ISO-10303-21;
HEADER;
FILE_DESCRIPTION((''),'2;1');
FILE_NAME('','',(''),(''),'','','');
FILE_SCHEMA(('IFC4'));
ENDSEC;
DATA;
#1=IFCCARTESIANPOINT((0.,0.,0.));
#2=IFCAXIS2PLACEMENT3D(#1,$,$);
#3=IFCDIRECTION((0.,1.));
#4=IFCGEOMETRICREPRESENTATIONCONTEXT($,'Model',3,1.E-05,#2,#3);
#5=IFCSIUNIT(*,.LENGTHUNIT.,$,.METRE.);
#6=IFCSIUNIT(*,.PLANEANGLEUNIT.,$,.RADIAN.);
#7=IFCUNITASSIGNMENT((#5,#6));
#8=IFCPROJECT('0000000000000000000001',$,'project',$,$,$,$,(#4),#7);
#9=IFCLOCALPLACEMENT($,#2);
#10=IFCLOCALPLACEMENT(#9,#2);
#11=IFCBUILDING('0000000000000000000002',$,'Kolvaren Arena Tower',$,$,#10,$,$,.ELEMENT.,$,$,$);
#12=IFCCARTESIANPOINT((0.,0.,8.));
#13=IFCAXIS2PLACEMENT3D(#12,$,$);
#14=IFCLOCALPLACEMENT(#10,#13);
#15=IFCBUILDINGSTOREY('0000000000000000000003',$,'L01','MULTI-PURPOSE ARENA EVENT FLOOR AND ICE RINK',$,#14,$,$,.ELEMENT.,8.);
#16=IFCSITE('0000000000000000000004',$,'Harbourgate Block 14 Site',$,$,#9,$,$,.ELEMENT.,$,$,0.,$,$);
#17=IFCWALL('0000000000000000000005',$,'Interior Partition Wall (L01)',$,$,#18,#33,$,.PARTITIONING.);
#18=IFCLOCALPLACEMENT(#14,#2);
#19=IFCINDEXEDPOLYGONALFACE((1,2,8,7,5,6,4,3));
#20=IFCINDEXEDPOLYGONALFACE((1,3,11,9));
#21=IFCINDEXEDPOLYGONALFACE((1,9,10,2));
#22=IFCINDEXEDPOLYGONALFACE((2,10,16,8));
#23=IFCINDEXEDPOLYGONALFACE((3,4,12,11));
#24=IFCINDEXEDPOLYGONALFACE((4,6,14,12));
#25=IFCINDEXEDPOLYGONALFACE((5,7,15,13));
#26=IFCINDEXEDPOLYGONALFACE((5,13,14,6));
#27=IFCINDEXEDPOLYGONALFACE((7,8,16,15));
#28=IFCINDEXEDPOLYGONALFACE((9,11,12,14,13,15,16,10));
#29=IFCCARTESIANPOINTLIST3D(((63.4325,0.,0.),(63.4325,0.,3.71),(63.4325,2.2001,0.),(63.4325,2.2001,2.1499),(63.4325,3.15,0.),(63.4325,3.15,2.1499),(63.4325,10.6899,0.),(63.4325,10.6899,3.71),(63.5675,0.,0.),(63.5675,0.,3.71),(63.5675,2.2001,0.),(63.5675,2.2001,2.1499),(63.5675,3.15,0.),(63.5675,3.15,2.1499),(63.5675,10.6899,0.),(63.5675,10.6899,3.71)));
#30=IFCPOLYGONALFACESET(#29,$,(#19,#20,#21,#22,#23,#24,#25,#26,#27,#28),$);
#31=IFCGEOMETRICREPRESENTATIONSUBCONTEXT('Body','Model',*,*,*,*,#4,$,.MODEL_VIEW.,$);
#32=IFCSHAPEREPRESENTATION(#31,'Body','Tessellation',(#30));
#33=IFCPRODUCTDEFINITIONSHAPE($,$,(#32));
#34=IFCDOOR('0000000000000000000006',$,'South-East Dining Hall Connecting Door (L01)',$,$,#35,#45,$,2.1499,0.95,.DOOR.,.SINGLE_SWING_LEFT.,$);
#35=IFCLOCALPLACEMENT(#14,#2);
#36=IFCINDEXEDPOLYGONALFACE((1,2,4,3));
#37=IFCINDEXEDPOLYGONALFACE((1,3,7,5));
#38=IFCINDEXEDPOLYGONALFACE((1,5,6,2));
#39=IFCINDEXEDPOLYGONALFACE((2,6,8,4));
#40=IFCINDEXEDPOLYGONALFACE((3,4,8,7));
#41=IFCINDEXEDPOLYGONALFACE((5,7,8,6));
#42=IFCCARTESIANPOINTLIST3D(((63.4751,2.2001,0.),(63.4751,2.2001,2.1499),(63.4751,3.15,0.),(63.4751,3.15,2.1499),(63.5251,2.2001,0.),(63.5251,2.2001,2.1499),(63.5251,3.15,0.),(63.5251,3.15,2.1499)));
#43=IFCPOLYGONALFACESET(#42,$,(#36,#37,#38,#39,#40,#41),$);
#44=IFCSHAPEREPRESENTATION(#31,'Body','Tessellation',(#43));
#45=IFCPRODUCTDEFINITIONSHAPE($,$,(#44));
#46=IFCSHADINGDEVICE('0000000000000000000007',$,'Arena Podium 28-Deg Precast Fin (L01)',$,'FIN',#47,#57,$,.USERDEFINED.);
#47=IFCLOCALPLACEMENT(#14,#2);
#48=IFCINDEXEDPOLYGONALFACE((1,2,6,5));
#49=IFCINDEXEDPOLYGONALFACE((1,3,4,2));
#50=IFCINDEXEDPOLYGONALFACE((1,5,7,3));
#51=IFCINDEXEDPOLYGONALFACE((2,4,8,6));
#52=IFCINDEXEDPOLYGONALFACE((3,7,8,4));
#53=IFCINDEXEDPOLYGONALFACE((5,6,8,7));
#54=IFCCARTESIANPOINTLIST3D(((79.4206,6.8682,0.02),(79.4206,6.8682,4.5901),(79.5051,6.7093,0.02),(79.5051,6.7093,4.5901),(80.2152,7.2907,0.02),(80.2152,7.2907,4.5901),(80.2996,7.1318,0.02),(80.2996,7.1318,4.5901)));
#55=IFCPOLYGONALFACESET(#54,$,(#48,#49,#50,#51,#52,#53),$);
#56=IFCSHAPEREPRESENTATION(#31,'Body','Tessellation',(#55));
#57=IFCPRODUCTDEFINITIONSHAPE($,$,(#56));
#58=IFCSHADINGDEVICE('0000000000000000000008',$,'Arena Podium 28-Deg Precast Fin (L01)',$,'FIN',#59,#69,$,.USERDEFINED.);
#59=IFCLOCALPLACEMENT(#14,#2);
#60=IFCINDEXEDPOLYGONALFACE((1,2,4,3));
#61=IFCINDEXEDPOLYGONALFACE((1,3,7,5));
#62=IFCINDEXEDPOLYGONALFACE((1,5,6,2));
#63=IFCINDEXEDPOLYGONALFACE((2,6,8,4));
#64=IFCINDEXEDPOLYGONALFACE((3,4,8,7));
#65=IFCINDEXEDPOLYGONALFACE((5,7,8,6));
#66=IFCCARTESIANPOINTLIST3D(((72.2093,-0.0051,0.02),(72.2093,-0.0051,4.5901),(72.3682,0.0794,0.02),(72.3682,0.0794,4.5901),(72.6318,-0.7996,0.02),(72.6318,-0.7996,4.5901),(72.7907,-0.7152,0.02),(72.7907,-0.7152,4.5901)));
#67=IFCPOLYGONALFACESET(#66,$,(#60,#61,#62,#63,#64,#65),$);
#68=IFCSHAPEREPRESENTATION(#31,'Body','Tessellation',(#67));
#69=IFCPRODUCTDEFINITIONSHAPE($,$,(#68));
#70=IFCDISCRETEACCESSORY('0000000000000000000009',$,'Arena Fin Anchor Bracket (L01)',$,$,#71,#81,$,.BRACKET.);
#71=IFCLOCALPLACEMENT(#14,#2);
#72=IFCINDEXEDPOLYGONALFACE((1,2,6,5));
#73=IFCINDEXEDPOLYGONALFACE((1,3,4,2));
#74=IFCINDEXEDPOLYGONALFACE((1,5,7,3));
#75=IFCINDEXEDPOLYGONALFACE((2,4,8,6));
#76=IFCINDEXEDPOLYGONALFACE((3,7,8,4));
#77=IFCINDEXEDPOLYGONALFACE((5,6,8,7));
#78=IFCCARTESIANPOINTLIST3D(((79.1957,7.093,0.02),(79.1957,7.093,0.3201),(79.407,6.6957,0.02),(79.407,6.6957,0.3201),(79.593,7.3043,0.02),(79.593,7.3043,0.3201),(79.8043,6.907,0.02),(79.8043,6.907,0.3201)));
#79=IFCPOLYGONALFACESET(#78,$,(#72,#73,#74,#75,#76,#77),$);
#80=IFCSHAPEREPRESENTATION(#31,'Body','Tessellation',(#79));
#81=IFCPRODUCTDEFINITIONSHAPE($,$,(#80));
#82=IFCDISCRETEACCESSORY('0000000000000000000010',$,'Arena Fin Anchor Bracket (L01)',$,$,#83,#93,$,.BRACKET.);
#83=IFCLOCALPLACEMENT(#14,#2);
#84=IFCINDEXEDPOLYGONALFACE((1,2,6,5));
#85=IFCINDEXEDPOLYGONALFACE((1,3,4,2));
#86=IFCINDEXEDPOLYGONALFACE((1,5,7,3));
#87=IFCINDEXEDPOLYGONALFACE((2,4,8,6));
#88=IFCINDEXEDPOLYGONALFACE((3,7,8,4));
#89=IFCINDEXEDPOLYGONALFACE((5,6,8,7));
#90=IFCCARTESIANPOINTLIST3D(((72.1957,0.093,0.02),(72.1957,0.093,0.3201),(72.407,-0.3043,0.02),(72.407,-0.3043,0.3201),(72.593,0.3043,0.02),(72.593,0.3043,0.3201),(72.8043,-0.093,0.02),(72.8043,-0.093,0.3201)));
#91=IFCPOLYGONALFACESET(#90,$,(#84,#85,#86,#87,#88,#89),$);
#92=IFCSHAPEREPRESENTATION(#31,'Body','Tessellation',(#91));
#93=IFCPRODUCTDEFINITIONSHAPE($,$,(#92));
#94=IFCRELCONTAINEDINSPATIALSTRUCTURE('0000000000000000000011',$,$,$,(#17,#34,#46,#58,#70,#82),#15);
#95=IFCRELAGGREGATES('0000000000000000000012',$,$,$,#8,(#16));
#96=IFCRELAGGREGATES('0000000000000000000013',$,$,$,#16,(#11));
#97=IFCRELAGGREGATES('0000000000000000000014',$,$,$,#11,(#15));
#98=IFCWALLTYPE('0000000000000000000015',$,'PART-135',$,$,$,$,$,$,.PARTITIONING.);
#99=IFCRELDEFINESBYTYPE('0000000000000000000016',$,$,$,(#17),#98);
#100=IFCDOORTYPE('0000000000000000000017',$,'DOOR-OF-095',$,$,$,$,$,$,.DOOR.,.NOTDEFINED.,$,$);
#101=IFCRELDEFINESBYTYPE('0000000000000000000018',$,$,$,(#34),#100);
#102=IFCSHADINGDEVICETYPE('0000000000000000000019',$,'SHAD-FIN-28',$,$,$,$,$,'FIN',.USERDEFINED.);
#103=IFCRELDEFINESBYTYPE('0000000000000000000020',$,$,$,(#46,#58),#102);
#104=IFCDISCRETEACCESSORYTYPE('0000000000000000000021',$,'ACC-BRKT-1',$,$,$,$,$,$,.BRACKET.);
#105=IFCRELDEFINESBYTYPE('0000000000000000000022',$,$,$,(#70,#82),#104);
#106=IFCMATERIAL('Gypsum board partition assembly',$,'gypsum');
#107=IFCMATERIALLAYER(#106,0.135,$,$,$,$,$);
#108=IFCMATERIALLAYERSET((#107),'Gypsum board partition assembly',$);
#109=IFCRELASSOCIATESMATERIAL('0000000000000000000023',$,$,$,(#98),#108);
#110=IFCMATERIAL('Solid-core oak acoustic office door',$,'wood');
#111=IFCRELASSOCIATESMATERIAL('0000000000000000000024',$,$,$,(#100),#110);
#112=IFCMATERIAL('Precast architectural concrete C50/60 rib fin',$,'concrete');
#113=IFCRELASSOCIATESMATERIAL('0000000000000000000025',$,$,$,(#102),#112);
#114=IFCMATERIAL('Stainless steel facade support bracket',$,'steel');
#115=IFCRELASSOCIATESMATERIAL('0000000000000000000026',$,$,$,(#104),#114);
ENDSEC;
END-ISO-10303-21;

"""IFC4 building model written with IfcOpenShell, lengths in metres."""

from ifc_helpers import new_model, si_unit, direction, frame, frame_2d, origin, origin_2d, place, context, subcontext, project, spatial, rectangle, extrude, material, layer, layer_set, type_object, element, fill, save


model = new_model("IFC4")

# Units and contexts
model_context = context("Model", 3, precision=1e-05, world=origin(), true_north=direction((0.0, 1.0)))
body_context = subcontext(model_context, "Body", "Model", "MODEL_VIEW")
ifc_project = project(units=[si_unit("LENGTHUNIT", "METRE"), si_unit("PLANEANGLEUNIT", "RADIAN")], contexts=[model_context])

# Site, building, storey
site_placement = place(None, origin())
site = spatial("IfcSite", under=ifc_project, at=site_placement, Name="Harbourgate Block 14 Site", CompositionType="ELEMENT", RefElevation=0.0)
building_placement = place(site_placement, origin())
building = spatial("IfcBuilding", under=site, at=building_placement, Name="Kolvaren Arena Tower", CompositionType="ELEMENT")
storey_placement = place(building_placement, frame((0.0, 0.0, 8.0)))
storey = spatial("IfcBuildingStorey", under=building, at=storey_placement, Name="L01", Description="MULTI-PURPOSE ARENA EVENT FLOOR AND ICE RINK", CompositionType="ELEMENT", Elevation=8.0)

# Wall, opening, door
ifc_material_1 = material(Name="Gypsum board partition assembly", Category="gypsum")
ifc_layer_1 = layer(ifc_material_1, 0.135)
ifc_layer_set_1 = layer_set([ifc_layer_1], Name="Gypsum board partition assembly")
wall_type_1 = type_object("IfcWallType", Name="PART-135", PredefinedType="PARTITIONING", material=ifc_layer_set_1)
wall_1_placement = place(storey_placement, frame((63.5, 0.0, 0.0), z_axis=(0.0, 0.0, 1.0), x_axis=(0.0, 1.0, 0.0)))
wall_1 = element("IfcWall", 1, at=wall_1_placement, inside=storey, type_object=wall_type_1, Name="Interior Partition Wall (L01)", PredefinedType="PARTITIONING", context=body_context, shape_type="SweptSolid", body=[
    extrude(rectangle(XDim=10.6899, YDim=0.135, at=frame_2d((5.345, 0.0))), origin(), (0.0, 0.0, 1.0), 3.71),
])
opening_1_placement = place(wall_1_placement, frame((2.2, 0.0, 0.0)))
opening_1 = element("IfcOpeningElement", 2, at=opening_1_placement, cuts=wall_1, PredefinedType="OPENING", context=body_context, shape_type="SweptSolid", body=[
    extrude(rectangle(XDim=0.95, YDim=2.1499, at=frame_2d((0.4751, 1.075))), frame((0.0, 0.0774, 0.0), z_axis=(0.0, -1.0, 0.0), x_axis=(1.0, 0.0, 0.0)), (0.0, 0.0, 1.0), 0.155),
])
ifc_material_2 = material(Name="Solid-core oak acoustic office door", Category="wood")
door_type = type_object("IfcDoorType", Name="DOOR-OF-095", OperationType="NOTDEFINED", PredefinedType="DOOR", material=ifc_material_2)
door_placement = place(opening_1_placement, origin())
door = element("IfcDoor", 3, at=door_placement, inside=storey, type_object=door_type, Name="South-East Dining Hall Connecting Door (L01)", OperationType="SINGLE_SWING_LEFT", OverallHeight=2.1499, OverallWidth=0.95, PredefinedType="DOOR", context=body_context, shape_type="SweptSolid", body=[
    extrude(rectangle(XDim=0.95, YDim=2.1499, at=frame_2d((0.4751, 1.075))), frame((0.0, 0.0249, 0.0), z_axis=(0.0, -1.0, 0.0), x_axis=(1.0, 0.0, 0.0)), (0.0, 0.0, 1.0), 0.05),
])
fill(opening_1, door)

# Shading devices
ifc_material_3 = material(Name="Precast architectural concrete C50/60 rib fin", Category="concrete")
shading_device_type = type_object("IfcShadingDeviceType", Name="SHAD-FIN-28", ElementType="FIN", PredefinedType="USERDEFINED", material=ifc_material_3)
for number, where, z_axis, x_axis, name in (
    (4, (79.8601, 7.0, 0.02), (0.0, 0.0, 1.0), (0.882948, 0.469472, 0.0), "Arena Podium 28-Deg Precast Fin (L01)"),
    (5, (72.5, -0.3601, 0.02), (0.0, 0.0, 1.0), (0.469472, -0.882948, 0.0), "Arena Podium 28-Deg Precast Fin (L01)"),
):
    element("IfcShadingDevice", number, at=place(storey_placement, frame(where, z_axis=z_axis, x_axis=x_axis)), inside=storey, type_object=shading_device_type, Name=name, ObjectType="FIN", PredefinedType="USERDEFINED", context=body_context, shape_type="SweptSolid", body=[
        extrude(rectangle(XDim=0.8999, YDim=0.1799, at=origin_2d()), origin(), (0.0, 0.0, 1.0), 4.5701),
    ])

# Discrete accessories
ifc_material_4 = material(Name="Stainless steel facade support bracket", Category="steel")
discrete_accessory_type = type_object("IfcDiscreteAccessoryType", Name="ACC-BRKT-1", PredefinedType="BRACKET", material=ifc_material_4)
for number, where, z_axis, x_axis, name in (
    (6, (79.5, 7.0, 0.02), (0.0, 0.0, 1.0), (0.882948, 0.469472, 0.0), "Arena Fin Anchor Bracket (L01)"),
    (7, (72.5, 0.0, 0.02), (0.0, 0.0, 1.0), (0.469472, -0.882948, 0.0), "Arena Fin Anchor Bracket (L01)"),
):
    element("IfcDiscreteAccessory", number, at=place(storey_placement, frame(where, z_axis=z_axis, x_axis=x_axis)), inside=storey, type_object=discrete_accessory_type, Name=name, PredefinedType="BRACKET", context=body_context, shape_type="SweptSolid", body=[
        extrude(rectangle(XDim=0.45, YDim=0.45, at=origin_2d()), origin(), (0.0, 0.0, 1.0), 0.3),
    ])

save(model, "model.ifc")
